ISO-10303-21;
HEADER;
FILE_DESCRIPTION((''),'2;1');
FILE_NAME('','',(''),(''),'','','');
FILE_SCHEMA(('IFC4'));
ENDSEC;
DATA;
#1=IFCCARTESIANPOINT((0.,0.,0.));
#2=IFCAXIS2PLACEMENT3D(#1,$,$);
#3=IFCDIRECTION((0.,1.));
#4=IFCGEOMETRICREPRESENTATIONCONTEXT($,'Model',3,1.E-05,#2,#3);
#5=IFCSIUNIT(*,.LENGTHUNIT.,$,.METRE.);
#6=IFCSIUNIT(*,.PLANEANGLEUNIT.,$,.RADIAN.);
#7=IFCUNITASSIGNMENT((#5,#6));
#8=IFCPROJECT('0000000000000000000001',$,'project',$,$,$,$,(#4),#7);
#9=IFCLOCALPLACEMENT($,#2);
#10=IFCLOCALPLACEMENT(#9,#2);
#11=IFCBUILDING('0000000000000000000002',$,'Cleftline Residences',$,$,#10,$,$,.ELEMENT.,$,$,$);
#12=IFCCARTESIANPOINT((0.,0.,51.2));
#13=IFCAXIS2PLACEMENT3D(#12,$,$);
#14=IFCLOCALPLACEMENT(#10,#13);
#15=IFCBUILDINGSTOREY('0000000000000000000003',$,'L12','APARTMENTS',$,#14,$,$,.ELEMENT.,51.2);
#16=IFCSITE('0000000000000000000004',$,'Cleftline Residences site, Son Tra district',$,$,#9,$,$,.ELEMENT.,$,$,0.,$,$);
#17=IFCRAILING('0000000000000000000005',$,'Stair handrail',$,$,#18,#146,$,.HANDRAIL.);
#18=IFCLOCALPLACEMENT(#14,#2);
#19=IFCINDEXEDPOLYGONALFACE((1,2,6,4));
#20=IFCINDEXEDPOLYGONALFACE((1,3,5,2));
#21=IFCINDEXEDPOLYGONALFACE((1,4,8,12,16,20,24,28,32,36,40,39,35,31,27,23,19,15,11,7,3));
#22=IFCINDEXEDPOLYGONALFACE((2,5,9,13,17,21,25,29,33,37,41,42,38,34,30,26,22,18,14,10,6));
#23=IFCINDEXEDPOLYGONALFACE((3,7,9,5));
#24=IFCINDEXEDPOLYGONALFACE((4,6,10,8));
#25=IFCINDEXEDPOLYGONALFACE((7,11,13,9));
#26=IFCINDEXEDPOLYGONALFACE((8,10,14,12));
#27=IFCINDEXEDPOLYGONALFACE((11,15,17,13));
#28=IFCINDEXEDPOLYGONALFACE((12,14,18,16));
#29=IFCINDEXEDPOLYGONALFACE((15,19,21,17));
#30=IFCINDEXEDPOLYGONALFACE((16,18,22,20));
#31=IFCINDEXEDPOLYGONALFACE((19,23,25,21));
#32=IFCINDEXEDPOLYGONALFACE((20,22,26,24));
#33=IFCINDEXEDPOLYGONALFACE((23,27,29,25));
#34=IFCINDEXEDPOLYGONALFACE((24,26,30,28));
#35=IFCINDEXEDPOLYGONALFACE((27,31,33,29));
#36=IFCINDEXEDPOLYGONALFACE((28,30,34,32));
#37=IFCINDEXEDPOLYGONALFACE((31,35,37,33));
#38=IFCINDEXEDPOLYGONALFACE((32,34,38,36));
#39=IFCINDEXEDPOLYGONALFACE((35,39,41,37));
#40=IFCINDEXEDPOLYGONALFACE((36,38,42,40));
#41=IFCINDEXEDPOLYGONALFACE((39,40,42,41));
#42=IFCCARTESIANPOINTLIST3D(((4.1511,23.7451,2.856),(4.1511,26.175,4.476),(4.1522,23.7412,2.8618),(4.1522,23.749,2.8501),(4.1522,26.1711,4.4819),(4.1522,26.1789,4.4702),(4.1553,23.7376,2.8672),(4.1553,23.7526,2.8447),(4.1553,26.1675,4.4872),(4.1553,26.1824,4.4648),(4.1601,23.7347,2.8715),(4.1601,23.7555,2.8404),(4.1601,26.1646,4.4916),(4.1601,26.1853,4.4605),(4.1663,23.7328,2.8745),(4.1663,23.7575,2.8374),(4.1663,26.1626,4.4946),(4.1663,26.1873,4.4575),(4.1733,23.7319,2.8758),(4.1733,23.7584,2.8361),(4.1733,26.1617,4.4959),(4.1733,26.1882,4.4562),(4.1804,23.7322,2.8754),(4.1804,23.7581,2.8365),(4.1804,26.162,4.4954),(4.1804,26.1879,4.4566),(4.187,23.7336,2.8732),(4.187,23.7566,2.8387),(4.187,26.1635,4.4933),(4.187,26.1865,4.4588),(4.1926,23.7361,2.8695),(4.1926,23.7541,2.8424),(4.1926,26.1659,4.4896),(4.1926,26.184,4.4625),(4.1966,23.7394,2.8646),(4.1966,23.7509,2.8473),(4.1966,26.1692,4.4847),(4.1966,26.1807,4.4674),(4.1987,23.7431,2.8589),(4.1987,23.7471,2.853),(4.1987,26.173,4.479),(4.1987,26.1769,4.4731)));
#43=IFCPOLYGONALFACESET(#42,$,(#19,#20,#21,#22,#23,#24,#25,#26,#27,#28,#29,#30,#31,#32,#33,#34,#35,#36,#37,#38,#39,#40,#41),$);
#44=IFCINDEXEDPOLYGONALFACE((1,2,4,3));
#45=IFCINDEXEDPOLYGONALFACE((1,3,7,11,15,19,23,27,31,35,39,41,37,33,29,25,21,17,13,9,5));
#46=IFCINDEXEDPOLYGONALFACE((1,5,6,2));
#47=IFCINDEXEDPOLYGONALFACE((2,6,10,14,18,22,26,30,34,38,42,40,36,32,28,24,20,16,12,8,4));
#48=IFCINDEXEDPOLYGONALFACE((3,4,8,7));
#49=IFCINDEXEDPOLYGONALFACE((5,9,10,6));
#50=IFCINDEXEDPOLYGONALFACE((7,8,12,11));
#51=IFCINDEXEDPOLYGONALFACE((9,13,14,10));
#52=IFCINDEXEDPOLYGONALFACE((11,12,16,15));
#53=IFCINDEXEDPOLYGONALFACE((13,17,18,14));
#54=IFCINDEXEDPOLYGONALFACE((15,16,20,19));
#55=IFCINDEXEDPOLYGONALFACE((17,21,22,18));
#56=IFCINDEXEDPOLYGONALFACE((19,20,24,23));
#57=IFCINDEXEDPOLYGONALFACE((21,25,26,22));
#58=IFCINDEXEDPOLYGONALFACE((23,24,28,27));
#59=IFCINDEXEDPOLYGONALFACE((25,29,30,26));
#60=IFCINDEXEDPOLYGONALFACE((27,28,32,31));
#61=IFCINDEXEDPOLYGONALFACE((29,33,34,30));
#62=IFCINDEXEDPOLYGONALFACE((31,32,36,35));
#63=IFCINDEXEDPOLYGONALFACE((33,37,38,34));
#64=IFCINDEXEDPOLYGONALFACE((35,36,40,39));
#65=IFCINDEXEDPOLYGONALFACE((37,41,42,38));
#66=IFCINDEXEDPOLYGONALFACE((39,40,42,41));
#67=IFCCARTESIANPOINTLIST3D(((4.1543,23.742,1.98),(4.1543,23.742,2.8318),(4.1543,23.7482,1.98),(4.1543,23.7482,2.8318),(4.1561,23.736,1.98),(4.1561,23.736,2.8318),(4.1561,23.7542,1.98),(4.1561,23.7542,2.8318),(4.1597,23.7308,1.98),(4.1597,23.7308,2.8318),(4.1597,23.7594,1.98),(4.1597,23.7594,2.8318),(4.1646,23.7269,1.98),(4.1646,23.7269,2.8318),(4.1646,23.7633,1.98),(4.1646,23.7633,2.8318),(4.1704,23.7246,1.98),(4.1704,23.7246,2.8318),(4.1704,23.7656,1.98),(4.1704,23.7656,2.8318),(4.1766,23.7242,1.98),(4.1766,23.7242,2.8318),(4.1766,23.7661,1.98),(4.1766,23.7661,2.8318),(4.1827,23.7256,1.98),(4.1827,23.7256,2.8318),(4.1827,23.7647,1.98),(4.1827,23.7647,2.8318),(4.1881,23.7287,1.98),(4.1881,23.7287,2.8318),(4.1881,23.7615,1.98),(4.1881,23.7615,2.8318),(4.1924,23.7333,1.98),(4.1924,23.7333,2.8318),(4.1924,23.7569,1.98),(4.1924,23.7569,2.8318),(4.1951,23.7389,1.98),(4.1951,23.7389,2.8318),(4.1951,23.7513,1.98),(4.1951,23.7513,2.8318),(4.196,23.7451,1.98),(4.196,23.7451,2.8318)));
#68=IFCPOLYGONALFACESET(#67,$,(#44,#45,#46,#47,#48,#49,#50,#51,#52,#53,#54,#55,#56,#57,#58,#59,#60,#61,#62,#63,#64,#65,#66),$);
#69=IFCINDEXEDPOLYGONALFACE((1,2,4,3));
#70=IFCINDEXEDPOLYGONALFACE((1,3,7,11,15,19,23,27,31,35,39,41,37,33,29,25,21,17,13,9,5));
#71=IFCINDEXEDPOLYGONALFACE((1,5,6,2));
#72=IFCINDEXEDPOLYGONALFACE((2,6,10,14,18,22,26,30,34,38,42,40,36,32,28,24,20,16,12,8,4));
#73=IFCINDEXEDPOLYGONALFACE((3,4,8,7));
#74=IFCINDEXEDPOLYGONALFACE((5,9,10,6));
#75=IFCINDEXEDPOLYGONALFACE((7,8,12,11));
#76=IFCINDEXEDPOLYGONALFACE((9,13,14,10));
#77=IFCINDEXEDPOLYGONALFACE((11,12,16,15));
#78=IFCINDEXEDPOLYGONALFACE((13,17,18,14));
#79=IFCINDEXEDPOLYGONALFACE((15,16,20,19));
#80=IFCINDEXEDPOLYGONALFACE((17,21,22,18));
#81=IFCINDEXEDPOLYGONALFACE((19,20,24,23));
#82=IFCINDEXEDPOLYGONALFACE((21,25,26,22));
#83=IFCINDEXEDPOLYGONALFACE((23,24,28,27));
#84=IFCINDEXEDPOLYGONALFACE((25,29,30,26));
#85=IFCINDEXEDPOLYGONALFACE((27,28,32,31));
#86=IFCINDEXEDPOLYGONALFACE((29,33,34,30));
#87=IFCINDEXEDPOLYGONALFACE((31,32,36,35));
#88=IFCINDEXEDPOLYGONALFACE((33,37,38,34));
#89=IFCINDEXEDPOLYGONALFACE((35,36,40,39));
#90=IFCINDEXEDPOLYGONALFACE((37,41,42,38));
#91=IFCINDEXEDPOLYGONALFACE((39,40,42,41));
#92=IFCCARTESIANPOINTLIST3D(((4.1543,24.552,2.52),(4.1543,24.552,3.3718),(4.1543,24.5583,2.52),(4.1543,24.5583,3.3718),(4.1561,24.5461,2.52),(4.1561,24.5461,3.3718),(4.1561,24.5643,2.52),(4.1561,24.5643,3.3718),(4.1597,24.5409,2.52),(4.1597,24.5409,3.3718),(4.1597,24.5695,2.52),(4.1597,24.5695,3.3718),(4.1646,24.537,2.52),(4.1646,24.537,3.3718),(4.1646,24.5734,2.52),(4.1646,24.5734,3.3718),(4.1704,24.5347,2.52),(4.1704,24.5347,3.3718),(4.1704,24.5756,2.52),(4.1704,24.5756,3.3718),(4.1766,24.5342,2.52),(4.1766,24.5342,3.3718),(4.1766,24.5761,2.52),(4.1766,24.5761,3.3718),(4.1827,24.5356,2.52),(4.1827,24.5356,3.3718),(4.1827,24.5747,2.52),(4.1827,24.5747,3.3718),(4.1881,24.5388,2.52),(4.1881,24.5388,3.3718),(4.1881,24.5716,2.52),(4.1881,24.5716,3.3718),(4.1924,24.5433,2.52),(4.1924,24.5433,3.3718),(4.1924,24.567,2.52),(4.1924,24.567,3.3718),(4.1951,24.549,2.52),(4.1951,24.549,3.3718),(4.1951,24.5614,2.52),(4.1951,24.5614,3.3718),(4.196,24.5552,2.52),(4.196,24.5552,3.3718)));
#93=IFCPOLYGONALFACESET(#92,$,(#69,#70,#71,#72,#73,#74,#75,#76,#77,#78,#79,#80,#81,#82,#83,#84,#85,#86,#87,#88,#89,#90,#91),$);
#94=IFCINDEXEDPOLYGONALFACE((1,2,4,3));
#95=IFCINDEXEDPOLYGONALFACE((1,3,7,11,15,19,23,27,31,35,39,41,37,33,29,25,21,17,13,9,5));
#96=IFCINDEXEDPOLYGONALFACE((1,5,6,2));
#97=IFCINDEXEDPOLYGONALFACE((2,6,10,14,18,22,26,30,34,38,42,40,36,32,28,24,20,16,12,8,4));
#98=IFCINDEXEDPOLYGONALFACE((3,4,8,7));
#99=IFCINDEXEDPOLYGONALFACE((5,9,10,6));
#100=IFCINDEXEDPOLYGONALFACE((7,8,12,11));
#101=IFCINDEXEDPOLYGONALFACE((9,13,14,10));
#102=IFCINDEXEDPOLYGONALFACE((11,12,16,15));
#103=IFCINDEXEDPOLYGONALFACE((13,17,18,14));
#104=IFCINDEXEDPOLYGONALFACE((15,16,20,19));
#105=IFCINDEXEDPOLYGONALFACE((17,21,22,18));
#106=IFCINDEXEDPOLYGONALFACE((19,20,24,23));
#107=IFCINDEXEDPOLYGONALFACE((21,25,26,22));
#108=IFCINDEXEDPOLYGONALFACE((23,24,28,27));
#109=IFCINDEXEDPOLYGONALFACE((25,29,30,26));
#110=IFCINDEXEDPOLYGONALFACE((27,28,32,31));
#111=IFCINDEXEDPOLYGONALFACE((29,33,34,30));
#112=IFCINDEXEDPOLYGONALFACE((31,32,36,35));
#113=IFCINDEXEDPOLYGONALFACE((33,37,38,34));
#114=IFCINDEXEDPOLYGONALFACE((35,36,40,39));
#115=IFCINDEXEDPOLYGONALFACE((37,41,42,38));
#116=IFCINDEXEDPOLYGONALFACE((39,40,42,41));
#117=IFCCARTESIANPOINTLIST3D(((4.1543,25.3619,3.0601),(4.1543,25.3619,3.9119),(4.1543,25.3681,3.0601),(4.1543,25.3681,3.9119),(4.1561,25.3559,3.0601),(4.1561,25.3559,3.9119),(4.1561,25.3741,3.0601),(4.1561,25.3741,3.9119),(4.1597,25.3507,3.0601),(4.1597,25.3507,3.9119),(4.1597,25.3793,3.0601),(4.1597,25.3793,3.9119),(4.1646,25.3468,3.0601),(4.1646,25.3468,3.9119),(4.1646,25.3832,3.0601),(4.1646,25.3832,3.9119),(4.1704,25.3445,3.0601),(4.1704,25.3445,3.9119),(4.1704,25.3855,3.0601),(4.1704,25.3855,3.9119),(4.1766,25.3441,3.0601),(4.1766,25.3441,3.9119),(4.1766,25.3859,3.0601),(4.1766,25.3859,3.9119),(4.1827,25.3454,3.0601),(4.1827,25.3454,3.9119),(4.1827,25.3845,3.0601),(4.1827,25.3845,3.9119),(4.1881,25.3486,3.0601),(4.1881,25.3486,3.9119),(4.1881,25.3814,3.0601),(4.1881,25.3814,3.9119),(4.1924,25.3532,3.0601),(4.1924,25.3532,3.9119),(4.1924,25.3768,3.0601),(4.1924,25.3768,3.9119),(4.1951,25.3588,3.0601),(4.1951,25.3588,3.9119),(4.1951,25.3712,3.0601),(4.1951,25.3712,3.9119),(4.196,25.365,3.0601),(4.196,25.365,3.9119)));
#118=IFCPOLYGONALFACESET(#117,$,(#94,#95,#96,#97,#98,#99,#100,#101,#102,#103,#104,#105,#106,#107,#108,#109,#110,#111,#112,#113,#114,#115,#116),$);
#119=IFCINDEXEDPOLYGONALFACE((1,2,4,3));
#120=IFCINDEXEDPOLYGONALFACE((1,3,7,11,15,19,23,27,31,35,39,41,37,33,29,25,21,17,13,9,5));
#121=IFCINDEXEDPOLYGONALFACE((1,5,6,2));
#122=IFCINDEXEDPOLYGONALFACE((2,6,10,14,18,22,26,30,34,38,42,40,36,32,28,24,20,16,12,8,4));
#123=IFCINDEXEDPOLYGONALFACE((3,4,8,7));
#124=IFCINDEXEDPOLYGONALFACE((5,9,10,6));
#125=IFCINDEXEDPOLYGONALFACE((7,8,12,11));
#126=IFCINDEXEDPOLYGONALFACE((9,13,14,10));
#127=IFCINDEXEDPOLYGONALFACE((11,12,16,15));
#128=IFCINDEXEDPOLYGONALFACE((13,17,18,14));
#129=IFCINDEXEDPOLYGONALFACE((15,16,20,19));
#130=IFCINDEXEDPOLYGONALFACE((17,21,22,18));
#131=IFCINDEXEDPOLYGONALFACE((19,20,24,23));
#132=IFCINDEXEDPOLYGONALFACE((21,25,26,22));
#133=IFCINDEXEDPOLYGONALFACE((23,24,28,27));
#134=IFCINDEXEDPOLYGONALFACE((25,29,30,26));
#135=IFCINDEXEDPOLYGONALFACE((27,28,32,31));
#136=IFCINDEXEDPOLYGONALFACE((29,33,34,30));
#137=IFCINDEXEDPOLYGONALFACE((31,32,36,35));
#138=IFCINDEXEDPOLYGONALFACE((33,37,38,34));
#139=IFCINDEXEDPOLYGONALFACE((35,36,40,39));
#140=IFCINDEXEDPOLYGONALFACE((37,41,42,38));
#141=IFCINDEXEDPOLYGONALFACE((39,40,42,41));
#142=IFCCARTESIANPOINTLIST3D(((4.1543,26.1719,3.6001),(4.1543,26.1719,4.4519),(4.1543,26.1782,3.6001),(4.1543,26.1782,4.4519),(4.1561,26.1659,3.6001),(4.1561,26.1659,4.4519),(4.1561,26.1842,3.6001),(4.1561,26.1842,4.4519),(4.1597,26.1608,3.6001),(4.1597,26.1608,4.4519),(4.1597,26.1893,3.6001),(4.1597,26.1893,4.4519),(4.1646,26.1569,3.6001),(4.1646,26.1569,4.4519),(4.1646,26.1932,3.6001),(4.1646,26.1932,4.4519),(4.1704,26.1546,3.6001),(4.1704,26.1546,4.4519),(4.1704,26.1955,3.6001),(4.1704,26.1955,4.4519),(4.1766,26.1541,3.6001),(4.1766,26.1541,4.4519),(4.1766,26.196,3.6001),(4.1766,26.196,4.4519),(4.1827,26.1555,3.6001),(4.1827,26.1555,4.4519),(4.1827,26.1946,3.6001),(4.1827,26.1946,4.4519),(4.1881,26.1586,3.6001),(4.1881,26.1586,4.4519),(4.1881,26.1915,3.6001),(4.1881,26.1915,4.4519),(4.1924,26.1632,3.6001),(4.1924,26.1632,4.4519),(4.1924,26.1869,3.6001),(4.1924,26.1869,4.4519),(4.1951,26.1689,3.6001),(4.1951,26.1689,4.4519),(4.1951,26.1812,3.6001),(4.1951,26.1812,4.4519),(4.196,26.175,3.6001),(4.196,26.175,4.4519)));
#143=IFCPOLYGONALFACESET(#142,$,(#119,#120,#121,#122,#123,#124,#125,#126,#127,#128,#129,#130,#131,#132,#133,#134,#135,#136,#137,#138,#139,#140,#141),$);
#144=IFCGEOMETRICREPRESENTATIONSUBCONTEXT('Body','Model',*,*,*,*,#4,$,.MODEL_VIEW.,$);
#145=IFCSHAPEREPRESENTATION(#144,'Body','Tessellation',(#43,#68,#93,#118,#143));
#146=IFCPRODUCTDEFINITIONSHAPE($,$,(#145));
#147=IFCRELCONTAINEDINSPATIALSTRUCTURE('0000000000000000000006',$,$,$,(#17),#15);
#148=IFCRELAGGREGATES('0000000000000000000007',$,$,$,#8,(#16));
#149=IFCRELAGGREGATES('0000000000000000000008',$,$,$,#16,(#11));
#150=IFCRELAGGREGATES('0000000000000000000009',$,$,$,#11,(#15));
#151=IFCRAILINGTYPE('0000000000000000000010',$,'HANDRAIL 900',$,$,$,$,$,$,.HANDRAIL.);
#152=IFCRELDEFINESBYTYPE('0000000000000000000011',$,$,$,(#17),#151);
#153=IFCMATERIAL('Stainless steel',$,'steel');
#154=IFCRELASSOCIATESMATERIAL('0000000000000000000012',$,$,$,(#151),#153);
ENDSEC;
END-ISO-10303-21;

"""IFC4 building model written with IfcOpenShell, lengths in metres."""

from ifc_helpers import new_model, si_unit, direction, frame, origin, origin_2d, place, context, subcontext, project, spatial, circle, extrude, material, type_object, element, save


model = new_model("IFC4")

# Units and contexts
model_context = context("Model", 3, precision=1e-05, world=origin(), true_north=direction((0.0, 1.0)))
body_context = subcontext(model_context, "Body", "Model", "MODEL_VIEW")
ifc_project = project(units=[si_unit("LENGTHUNIT", "METRE"), si_unit("PLANEANGLEUNIT", "RADIAN")], contexts=[model_context])

# Site, building, storey
site_placement = place(None, origin())
site = spatial("IfcSite", under=ifc_project, at=site_placement, Name="Cleftline Residences site, Son Tra district", CompositionType="ELEMENT", RefElevation=0.0)
building_placement = place(site_placement, origin())
building = spatial("IfcBuilding", under=site, at=building_placement, Name="Cleftline Residences", CompositionType="ELEMENT")
storey_placement = place(building_placement, frame((0.0, 0.0, 51.2)))
storey = spatial("IfcBuildingStorey", under=building, at=storey_placement, Name="L12", Description="APARTMENTS", CompositionType="ELEMENT", Elevation=51.2)

# Railing
ifc_material_1 = material(Name="Stainless steel", Category="steel")
railing_type = type_object("IfcRailingType", Name="HANDRAIL 900", PredefinedType="HANDRAIL", material=ifc_material_1)
railing_1_placement = place(storey_placement, frame((4.175, 23.7451, 1.98)))
element("IfcRailing", 1, at=railing_1_placement, inside=storey, type_object=railing_type, Name="Stair handrail", PredefinedType="HANDRAIL", context=body_context, shape_type="SweptSolid", body=[
    extrude(circle(Radius=0.0239, at=origin_2d()), frame((0.0, 0.0, 0.876), z_axis=(0.0, 0.832025, 0.554739), x_axis=(-1.0, 0.0, 0.0)), (0.0, 0.0, 1.0), 2.9204),
    extrude(circle(Radius=0.021, at=origin_2d()), origin(), (0.0, 0.0, 1.0), 0.8518),
    extrude(circle(Radius=0.021, at=origin_2d()), frame((0.0, 0.8101, 0.54)), (0.0, 0.0, 1.0), 0.8518),
    extrude(circle(Radius=0.021, at=origin_2d()), frame((0.0, 1.6199, 1.0801)), (0.0, 0.0, 1.0), 0.8518),
    extrude(circle(Radius=0.021, at=origin_2d()), frame((0.0, 2.4299, 1.6201)), (0.0, 0.0, 1.0), 0.8518),
])

save(model, "model.ifc")
